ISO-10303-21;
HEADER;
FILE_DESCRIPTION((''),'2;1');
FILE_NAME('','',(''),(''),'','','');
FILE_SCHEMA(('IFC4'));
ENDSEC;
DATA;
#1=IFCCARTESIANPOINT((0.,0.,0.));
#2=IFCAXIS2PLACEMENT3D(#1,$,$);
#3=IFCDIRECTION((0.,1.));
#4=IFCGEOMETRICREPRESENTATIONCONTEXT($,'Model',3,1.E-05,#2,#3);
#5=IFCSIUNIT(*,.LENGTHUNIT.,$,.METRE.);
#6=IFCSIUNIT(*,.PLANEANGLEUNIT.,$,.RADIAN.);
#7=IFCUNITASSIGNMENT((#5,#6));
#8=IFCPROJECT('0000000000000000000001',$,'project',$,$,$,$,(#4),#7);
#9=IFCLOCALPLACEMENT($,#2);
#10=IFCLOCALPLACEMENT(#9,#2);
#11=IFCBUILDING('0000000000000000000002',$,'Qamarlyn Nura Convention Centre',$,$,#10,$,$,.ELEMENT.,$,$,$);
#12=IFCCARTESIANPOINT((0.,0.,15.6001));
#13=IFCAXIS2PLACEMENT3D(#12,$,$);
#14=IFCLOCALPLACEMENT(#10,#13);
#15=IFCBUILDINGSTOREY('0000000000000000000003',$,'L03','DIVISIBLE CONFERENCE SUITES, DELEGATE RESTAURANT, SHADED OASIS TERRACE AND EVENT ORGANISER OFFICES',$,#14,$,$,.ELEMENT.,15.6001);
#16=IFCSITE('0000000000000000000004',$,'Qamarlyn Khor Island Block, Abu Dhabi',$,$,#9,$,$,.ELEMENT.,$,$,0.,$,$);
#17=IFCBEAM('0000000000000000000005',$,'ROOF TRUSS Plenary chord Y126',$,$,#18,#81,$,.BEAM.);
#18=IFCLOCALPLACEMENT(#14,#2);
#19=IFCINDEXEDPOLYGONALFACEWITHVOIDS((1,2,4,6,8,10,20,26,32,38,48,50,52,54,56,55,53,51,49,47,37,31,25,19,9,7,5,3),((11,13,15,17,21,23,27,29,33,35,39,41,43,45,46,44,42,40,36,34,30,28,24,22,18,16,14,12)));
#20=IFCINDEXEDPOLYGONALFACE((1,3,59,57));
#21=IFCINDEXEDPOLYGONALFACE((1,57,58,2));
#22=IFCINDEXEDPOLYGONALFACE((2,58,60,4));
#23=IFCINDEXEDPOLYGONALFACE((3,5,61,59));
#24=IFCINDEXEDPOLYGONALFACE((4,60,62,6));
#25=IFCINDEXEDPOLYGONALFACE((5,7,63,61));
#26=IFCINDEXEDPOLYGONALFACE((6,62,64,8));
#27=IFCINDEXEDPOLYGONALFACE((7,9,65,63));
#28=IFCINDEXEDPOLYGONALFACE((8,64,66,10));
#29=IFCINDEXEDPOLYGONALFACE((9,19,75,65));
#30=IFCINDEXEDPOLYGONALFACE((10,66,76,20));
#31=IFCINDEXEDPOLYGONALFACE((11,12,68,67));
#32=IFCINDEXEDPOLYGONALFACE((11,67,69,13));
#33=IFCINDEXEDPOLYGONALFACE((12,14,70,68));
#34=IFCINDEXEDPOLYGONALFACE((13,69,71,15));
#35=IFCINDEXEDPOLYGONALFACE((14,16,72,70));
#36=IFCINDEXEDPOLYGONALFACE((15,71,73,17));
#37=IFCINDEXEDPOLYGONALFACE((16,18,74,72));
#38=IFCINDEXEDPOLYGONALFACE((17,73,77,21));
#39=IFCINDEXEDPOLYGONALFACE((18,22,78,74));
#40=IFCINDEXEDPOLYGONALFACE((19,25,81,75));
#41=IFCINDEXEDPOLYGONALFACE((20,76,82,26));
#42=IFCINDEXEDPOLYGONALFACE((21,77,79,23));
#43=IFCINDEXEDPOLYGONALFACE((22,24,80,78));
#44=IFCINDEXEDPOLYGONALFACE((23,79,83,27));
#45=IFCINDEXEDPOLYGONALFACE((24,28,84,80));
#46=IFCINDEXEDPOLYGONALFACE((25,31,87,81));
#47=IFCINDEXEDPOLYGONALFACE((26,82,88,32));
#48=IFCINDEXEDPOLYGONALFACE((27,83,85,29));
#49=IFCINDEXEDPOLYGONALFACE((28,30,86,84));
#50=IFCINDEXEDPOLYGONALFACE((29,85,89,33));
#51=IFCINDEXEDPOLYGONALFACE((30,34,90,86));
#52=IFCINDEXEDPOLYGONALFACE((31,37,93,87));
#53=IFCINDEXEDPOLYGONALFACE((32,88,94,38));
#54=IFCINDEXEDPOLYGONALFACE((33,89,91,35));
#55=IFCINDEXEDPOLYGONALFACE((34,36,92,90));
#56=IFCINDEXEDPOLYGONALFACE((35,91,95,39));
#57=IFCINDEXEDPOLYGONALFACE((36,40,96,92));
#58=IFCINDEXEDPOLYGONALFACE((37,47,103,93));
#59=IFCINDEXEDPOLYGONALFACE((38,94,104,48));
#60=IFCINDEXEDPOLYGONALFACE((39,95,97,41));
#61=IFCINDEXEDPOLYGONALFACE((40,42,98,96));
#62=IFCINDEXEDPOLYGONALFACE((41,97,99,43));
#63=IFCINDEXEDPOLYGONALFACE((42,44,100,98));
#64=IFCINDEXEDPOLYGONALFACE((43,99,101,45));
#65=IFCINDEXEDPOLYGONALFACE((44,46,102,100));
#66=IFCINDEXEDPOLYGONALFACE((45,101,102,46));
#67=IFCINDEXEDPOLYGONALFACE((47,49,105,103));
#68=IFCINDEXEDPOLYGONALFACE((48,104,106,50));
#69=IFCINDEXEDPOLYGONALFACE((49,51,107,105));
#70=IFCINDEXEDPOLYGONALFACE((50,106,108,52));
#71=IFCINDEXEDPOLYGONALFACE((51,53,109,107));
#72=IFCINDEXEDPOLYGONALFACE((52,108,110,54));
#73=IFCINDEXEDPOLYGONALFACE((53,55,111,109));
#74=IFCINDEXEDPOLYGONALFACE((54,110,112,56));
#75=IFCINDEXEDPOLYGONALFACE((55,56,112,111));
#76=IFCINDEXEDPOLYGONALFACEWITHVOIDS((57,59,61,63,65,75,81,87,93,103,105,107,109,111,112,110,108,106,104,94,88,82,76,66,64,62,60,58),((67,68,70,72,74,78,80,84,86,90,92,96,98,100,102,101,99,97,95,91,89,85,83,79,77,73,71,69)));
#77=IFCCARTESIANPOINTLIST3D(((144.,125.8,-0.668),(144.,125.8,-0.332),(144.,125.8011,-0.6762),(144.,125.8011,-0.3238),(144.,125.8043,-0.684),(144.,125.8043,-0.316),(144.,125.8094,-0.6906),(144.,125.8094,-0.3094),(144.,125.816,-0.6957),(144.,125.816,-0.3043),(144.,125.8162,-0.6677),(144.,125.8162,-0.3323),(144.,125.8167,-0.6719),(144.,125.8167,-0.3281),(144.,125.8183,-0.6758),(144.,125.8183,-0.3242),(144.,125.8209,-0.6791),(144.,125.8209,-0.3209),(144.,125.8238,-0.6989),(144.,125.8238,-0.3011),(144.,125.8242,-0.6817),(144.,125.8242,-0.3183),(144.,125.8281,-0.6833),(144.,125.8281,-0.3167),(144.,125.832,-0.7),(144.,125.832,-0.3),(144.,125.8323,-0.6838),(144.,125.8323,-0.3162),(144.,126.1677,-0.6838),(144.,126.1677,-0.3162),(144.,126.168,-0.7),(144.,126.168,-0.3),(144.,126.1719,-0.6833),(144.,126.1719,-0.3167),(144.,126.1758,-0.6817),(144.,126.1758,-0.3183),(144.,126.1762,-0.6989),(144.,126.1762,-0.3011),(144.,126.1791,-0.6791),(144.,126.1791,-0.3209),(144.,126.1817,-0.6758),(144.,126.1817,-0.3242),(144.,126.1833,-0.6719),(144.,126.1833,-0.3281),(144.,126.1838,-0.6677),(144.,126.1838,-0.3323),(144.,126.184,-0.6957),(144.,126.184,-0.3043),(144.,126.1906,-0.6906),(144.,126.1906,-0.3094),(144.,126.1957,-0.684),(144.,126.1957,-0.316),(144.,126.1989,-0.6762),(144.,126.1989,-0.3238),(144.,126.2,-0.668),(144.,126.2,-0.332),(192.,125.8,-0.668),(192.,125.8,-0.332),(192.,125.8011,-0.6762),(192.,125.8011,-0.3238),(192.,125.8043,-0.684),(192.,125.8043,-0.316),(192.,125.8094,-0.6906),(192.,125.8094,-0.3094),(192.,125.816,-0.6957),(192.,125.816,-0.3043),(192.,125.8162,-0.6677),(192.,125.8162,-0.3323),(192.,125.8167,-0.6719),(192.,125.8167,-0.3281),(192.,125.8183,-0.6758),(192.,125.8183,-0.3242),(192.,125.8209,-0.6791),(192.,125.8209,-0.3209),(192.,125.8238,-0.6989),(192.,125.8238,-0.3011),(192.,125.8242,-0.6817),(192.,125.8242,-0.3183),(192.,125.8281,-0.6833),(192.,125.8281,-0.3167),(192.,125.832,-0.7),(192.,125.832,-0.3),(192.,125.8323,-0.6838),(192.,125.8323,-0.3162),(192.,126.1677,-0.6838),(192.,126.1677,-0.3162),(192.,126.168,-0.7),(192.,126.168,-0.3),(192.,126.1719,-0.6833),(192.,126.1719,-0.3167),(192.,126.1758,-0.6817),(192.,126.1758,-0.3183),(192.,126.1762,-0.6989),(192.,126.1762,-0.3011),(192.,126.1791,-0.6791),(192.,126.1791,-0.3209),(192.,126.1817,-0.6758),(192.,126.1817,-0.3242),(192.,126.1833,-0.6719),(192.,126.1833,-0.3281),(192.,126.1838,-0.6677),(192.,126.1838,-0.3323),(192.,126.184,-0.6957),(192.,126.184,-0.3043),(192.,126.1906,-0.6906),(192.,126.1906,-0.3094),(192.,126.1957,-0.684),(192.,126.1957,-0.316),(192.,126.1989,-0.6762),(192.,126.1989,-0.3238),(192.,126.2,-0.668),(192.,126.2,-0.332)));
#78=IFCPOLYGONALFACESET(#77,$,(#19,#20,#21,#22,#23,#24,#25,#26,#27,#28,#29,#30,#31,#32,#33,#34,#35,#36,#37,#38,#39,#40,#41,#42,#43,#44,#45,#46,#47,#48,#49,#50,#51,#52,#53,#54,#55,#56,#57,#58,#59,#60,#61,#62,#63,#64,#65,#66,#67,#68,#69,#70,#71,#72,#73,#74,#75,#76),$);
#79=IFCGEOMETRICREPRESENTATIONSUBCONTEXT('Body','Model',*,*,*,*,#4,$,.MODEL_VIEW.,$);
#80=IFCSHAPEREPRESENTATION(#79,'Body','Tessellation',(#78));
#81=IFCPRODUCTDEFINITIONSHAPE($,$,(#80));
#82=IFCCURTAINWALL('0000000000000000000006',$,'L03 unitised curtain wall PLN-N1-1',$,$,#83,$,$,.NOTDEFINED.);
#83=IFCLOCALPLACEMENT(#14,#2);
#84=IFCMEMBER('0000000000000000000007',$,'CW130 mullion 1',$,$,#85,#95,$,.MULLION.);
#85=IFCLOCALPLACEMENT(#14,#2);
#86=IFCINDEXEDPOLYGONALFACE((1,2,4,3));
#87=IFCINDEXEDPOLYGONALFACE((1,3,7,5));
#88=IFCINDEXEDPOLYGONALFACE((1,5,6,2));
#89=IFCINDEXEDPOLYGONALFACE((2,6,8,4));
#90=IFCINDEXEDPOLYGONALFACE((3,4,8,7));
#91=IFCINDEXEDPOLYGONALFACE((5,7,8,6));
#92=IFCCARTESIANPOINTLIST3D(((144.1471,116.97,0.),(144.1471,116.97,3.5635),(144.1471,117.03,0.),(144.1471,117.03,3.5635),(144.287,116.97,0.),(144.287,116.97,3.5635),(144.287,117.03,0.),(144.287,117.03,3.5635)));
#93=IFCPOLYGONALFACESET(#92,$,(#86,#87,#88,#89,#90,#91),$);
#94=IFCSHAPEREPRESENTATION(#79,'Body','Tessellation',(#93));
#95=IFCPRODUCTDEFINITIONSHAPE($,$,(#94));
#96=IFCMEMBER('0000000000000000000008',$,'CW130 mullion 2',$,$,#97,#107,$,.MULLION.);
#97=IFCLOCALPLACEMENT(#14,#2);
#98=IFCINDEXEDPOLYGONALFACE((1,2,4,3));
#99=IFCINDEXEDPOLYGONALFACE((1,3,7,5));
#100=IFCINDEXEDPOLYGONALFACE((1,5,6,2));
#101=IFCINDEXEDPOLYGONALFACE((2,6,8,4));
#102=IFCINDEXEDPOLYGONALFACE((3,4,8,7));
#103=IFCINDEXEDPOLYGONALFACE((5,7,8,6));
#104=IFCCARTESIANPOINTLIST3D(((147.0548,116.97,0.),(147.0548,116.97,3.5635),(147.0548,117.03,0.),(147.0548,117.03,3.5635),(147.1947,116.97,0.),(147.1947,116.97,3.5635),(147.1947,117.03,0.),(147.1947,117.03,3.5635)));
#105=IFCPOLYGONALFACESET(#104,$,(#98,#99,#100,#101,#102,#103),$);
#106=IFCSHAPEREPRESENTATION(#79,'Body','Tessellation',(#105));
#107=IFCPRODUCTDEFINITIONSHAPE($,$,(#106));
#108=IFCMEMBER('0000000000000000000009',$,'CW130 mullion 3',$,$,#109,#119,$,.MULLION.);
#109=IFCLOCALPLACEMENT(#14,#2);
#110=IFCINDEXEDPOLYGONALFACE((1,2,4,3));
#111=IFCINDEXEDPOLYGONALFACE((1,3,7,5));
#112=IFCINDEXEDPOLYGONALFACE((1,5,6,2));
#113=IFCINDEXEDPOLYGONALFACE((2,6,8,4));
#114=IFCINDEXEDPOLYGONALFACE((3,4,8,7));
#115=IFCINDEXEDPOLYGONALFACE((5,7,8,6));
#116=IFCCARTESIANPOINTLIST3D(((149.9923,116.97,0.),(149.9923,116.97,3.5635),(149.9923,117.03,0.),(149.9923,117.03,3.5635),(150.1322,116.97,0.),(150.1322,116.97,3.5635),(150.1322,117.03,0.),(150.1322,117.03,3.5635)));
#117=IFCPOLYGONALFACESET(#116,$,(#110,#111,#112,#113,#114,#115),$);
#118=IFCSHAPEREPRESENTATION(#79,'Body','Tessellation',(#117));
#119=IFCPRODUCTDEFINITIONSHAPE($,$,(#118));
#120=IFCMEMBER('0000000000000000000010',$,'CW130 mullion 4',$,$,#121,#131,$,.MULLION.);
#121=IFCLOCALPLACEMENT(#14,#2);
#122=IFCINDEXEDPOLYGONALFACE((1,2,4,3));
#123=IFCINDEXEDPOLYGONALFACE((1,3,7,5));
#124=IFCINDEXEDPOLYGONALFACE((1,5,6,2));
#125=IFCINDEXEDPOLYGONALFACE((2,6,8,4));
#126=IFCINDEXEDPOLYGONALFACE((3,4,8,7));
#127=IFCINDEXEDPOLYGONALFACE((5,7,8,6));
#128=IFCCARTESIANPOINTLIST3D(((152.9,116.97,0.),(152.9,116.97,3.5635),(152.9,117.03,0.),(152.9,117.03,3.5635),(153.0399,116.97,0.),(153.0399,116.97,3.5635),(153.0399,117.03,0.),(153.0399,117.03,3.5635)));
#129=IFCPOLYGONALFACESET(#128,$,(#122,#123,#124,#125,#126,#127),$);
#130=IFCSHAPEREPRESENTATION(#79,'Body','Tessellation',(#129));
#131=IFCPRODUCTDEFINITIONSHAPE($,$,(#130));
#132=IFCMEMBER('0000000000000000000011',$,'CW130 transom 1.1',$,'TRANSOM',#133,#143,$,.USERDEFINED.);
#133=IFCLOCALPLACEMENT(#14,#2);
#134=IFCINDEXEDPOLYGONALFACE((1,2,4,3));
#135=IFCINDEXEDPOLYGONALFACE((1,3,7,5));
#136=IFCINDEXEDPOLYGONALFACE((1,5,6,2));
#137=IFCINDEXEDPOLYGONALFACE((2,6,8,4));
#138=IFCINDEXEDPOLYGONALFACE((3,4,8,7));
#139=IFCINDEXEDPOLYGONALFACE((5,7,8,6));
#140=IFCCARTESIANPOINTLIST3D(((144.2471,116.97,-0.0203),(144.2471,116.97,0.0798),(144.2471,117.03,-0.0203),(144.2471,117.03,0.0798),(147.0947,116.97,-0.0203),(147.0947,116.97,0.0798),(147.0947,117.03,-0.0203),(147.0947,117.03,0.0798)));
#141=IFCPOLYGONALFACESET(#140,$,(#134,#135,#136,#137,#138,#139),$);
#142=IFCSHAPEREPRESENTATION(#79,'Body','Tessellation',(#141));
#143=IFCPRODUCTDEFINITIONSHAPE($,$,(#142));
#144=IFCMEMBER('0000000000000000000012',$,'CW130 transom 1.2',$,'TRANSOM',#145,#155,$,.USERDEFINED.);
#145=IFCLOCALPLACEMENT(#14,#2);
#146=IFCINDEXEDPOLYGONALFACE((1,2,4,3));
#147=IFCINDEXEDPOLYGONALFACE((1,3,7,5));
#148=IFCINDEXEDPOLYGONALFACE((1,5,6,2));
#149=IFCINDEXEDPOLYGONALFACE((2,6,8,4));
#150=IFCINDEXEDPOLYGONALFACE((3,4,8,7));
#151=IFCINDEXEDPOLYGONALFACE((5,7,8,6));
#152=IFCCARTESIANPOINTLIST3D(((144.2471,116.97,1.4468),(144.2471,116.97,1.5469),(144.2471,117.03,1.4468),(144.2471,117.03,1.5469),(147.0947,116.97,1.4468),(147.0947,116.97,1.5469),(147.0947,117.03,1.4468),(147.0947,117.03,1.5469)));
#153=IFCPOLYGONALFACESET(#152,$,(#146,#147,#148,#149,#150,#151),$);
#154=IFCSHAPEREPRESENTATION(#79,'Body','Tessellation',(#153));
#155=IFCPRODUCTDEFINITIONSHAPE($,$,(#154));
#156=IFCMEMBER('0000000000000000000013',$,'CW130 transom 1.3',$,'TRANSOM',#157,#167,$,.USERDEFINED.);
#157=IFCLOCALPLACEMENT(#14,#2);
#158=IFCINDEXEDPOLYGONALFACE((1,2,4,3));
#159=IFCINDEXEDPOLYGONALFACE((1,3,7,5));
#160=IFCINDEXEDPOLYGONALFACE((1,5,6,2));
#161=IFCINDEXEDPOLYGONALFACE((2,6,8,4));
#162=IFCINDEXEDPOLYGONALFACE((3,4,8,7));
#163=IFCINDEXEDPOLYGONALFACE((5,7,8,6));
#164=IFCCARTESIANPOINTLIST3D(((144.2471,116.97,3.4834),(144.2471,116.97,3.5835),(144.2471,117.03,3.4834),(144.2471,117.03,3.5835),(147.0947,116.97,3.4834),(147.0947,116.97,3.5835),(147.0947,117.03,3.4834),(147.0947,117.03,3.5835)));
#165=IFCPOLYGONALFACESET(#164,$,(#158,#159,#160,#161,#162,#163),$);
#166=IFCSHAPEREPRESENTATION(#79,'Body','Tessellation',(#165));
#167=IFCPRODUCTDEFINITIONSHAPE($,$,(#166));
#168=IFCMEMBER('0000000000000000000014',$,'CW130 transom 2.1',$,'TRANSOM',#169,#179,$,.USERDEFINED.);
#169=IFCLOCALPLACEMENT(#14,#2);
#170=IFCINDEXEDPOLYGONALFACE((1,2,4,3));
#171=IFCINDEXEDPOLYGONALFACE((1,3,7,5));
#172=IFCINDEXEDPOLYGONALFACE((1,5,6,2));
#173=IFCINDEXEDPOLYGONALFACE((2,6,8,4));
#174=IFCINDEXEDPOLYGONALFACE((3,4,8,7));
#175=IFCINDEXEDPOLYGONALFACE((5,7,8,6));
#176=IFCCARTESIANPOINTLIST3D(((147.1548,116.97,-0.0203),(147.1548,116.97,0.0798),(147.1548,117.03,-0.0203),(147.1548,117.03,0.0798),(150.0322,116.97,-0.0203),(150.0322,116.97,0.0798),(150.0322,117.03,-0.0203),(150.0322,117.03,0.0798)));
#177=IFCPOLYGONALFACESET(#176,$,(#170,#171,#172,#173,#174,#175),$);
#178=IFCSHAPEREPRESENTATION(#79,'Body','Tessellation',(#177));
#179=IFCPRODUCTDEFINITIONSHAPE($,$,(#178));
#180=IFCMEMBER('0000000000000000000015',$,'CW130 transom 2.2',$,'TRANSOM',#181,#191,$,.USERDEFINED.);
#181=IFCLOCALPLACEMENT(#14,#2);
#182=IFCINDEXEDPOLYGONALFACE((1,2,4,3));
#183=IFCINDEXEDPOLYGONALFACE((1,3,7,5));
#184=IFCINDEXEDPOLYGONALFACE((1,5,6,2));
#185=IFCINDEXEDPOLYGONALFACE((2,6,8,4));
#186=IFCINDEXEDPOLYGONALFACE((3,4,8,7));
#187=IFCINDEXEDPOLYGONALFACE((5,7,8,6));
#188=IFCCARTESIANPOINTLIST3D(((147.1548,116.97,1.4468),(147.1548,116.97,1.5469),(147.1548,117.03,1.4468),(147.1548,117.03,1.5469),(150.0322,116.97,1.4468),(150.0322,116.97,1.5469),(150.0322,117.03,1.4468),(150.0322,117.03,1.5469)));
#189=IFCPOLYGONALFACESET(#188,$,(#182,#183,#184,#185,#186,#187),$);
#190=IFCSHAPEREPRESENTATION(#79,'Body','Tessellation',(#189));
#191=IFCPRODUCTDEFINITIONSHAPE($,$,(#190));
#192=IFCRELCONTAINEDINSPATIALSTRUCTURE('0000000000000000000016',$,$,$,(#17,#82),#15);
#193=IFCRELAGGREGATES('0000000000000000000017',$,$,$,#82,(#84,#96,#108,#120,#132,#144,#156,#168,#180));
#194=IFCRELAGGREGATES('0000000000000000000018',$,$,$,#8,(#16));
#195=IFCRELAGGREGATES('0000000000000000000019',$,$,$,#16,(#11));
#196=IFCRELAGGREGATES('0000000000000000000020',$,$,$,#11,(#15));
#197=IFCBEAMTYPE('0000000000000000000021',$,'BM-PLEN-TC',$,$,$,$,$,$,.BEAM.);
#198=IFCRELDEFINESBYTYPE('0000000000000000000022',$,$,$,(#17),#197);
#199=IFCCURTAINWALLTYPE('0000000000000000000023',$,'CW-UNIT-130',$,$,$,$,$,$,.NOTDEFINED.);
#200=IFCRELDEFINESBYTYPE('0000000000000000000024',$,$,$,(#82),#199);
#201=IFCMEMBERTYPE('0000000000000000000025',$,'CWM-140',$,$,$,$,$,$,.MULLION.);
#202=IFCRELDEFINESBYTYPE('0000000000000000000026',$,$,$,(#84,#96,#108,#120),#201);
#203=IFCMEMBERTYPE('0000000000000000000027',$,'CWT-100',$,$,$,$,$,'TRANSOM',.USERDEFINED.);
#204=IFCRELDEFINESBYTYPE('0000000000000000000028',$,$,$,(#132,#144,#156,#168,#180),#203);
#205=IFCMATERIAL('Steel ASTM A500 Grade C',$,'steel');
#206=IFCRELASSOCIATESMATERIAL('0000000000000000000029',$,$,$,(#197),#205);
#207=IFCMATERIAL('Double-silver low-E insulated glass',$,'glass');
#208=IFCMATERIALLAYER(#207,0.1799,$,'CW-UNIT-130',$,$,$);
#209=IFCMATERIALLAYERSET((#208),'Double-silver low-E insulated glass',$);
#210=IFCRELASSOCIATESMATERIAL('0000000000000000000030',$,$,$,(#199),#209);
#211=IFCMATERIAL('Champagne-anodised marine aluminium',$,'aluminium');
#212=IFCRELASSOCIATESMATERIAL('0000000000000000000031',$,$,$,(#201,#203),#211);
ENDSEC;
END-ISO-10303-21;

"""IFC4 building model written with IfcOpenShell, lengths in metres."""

from ifc_helpers import new_model, si_unit, direction, frame, origin, origin_2d, place, context, subcontext, project, spatial, rectangle, hollow_rectangle, extrude, material, layer, layer_set, material_profile, profile_set, type_object, element, aggregate, save


model = new_model("IFC4")

# Units and contexts
model_context = context("Model", 3, precision=1e-05, world=origin(), true_north=direction((0.0, 1.0)))
body_context = subcontext(model_context, "Body", "Model", "MODEL_VIEW")
ifc_project = project(units=[si_unit("LENGTHUNIT", "METRE"), si_unit("PLANEANGLEUNIT", "RADIAN")], contexts=[model_context])

# Site, building, storey
site_placement = place(None, origin())
site = spatial("IfcSite", under=ifc_project, at=site_placement, Name="Qamarlyn Khor Island Block, Abu Dhabi", CompositionType="ELEMENT", RefElevation=0.0)
building_placement = place(site_placement, origin())
building = spatial("IfcBuilding", under=site, at=building_placement, Name="Qamarlyn Nura Convention Centre", CompositionType="ELEMENT")
storey_placement = place(building_placement, frame((0.0, 0.0, 15.6001)))
storey = spatial("IfcBuildingStorey", under=building, at=storey_placement, Name="L03", Description="DIVISIBLE CONFERENCE SUITES, DELEGATE RESTAURANT, SHADED OASIS TERRACE AND EVENT ORGANISER OFFICES", CompositionType="ELEMENT", Elevation=15.6001)

# Shared definitions
ifc_material_1 = material(Name="Steel ASTM A500 Grade C", Category="steel")

# Beam
ifc_material_profile_1 = material_profile(ifc_material_1, hollow_rectangle(XDim=0.3999, YDim=0.3999, WallThickness=0.0161, InnerFilletRadius=0.0161, OuterFilletRadius=0.032, at=origin_2d()), Name="HSS400X400X16")
ifc_profile_set_1 = profile_set([ifc_material_profile_1], Name="Steel ASTM A500 Grade C")
beam_type_1 = type_object("IfcBeamType", Name="BM-PLEN-TC", PredefinedType="BEAM", material=ifc_profile_set_1)
for number, where, z_axis, x_axis, name in (
    (1, (144.0, 126.0, -0.5), (1.0, 0.0, 0.0), (0.0, 1.0, 0.0), "ROOF TRUSS Plenary chord Y126"),
):
    element("IfcBeam", number, at=place(storey_placement, frame(where, z_axis=z_axis, x_axis=x_axis)), inside=storey, type_object=beam_type_1, Name=name, PredefinedType="BEAM", context=body_context, shape_type="SweptSolid", body=[
        extrude(hollow_rectangle(XDim=0.3999, YDim=0.3999, WallThickness=0.0161, InnerFilletRadius=0.0161, OuterFilletRadius=0.032, at=origin_2d()), origin(), (0.0, 0.0, 1.0), 48.0),
    ])

# Curtain wall, members
ifc_material_2 = material(Name="Double-silver low-E insulated glass", Category="glass")
ifc_layer_1 = layer(ifc_material_2, 0.1799, Name="CW-UNIT-130")
ifc_layer_set_1 = layer_set([ifc_layer_1], Name="Double-silver low-E insulated glass")
curtain_wall_type = type_object("IfcCurtainWallType", Name="CW-UNIT-130", PredefinedType="NOTDEFINED", material=ifc_layer_set_1)
curtain_wall_placement = place(storey_placement, origin())
curtain_wall = element("IfcCurtainWall", 2, at=curtain_wall_placement, inside=storey, type_object=curtain_wall_type, Name="L03 unitised curtain wall PLN-N1-1", PredefinedType="NOTDEFINED")
ifc_material_3 = material(Name="Champagne-anodised marine aluminium", Category="aluminium")
ifc_material_profile_2 = material_profile(ifc_material_3, rectangle(XDim=0.0601, YDim=0.1399, at=origin_2d()), Name="ALU MULLION 60x140")
ifc_profile_set_2 = profile_set([ifc_material_profile_2], Name="Champagne-anodised marine aluminium")
member_type_1 = type_object("IfcMemberType", Name="CWM-140", PredefinedType="MULLION", material=ifc_profile_set_2)
member_1_placement = place(storey_placement, frame((144.217, 117.0, 0.0), z_axis=(0.0, 0.0, 1.0), x_axis=(0.0, 1.0, 0.0)))
member_1 = element("IfcMember", 3, at=member_1_placement, type_object=member_type_1, Name="CW130 mullion 1", PredefinedType="MULLION", context=body_context, shape_type="SweptSolid", body=[
    extrude(rectangle(XDim=0.0601, YDim=0.1399, at=origin_2d()), origin(), (0.0, 0.0, 1.0), 3.5635),
])
member_2_placement = place(storey_placement, frame((147.1248, 117.0, 0.0), z_axis=(0.0, 0.0, 1.0), x_axis=(0.0, 1.0, 0.0)))
member_2 = element("IfcMember", 4, at=member_2_placement, type_object=member_type_1, Name="CW130 mullion 2", PredefinedType="MULLION", context=body_context, shape_type="SweptSolid", body=[
    extrude(rectangle(XDim=0.0601, YDim=0.1399, at=origin_2d()), origin(), (0.0, 0.0, 1.0), 3.5635),
])
member_3_placement = place(storey_placement, frame((150.0623, 117.0, 0.0), z_axis=(0.0, 0.0, 1.0), x_axis=(0.0, 1.0, 0.0)))
member_3 = element("IfcMember", 5, at=member_3_placement, type_object=member_type_1, Name="CW130 mullion 3", PredefinedType="MULLION", context=body_context, shape_type="SweptSolid", body=[
    extrude(rectangle(XDim=0.0601, YDim=0.1399, at=origin_2d()), origin(), (0.0, 0.0, 1.0), 3.5635),
])
member_4_placement = place(storey_placement, frame((152.97, 117.0, 0.0), z_axis=(0.0, 0.0, 1.0), x_axis=(0.0, 1.0, 0.0)))
member_4 = element("IfcMember", 6, at=member_4_placement, type_object=member_type_1, Name="CW130 mullion 4", PredefinedType="MULLION", context=body_context, shape_type="SweptSolid", body=[
    extrude(rectangle(XDim=0.0601, YDim=0.1399, at=origin_2d()), origin(), (0.0, 0.0, 1.0), 3.5635),
])
ifc_material_profile_3 = material_profile(ifc_material_3, rectangle(XDim=0.0601, YDim=0.1001, at=origin_2d()), Name="ALU TRANSOM 60x100")
ifc_profile_set_3 = profile_set([ifc_material_profile_3], Name="Champagne-anodised marine aluminium")
member_type_2 = type_object("IfcMemberType", Name="CWT-100", ElementType="TRANSOM", PredefinedType="USERDEFINED", material=ifc_profile_set_3)
member_5_placement = place(storey_placement, frame((144.2471, 117.0, 0.0298), z_axis=(1.0, 0.0, 0.0), x_axis=(0.0, 1.0, 0.0)))
member_5 = element("IfcMember", 7, at=member_5_placement, type_object=member_type_2, Name="CW130 transom 1.1", ObjectType="TRANSOM", PredefinedType="USERDEFINED", context=body_context, shape_type="SweptSolid", body=[
    extrude(rectangle(XDim=0.0601, YDim=0.1001, at=origin_2d()), origin(), (0.0, 0.0, 1.0), 2.8477),
])
member_6_placement = place(storey_placement, frame((144.2471, 117.0, 1.4968), z_axis=(1.0, 0.0, 0.0), x_axis=(0.0, 1.0, 0.0)))
member_6 = element("IfcMember", 8, at=member_6_placement, type_object=member_type_2, Name="CW130 transom 1.2", ObjectType="TRANSOM", PredefinedType="USERDEFINED", context=body_context, shape_type="SweptSolid", body=[
    extrude(rectangle(XDim=0.0601, YDim=0.1001, at=origin_2d()), origin(), (0.0, 0.0, 1.0), 2.8477),
])
member_7_placement = place(storey_placement, frame((144.2471, 117.0, 3.5334), z_axis=(1.0, 0.0, 0.0), x_axis=(0.0, 1.0, 0.0)))
member_7 = element("IfcMember", 9, at=member_7_placement, type_object=member_type_2, Name="CW130 transom 1.3", ObjectType="TRANSOM", PredefinedType="USERDEFINED", context=body_context, shape_type="SweptSolid", body=[
    extrude(rectangle(XDim=0.0601, YDim=0.1001, at=origin_2d()), origin(), (0.0, 0.0, 1.0), 2.8477),
])
member_8_placement = place(storey_placement, frame((147.1548, 117.0, 0.0298), z_axis=(1.0, 0.0, 0.0), x_axis=(0.0, 1.0, 0.0)))
member_8 = element("IfcMember", 10, at=member_8_placement, type_object=member_type_2, Name="CW130 transom 2.1", ObjectType="TRANSOM", PredefinedType="USERDEFINED", context=body_context, shape_type="SweptSolid", body=[
    extrude(rectangle(XDim=0.0601, YDim=0.1001, at=origin_2d()), origin(), (0.0, 0.0, 1.0), 2.8774),
])
member_9_placement = place(storey_placement, frame((147.1548, 117.0, 1.4968), z_axis=(1.0, 0.0, 0.0), x_axis=(0.0, 1.0, 0.0)))
member_9 = element("IfcMember", 11, at=member_9_placement, type_object=member_type_2, Name="CW130 transom 2.2", ObjectType="TRANSOM", PredefinedType="USERDEFINED", context=body_context, shape_type="SweptSolid", body=[
    extrude(rectangle(XDim=0.0601, YDim=0.1001, at=origin_2d()), origin(), (0.0, 0.0, 1.0), 2.8774),
])
aggregate(curtain_wall, [member_1, member_2, member_3, member_4, member_5, member_6, member_7, member_8, member_9])

save(model, "model.ifc")
